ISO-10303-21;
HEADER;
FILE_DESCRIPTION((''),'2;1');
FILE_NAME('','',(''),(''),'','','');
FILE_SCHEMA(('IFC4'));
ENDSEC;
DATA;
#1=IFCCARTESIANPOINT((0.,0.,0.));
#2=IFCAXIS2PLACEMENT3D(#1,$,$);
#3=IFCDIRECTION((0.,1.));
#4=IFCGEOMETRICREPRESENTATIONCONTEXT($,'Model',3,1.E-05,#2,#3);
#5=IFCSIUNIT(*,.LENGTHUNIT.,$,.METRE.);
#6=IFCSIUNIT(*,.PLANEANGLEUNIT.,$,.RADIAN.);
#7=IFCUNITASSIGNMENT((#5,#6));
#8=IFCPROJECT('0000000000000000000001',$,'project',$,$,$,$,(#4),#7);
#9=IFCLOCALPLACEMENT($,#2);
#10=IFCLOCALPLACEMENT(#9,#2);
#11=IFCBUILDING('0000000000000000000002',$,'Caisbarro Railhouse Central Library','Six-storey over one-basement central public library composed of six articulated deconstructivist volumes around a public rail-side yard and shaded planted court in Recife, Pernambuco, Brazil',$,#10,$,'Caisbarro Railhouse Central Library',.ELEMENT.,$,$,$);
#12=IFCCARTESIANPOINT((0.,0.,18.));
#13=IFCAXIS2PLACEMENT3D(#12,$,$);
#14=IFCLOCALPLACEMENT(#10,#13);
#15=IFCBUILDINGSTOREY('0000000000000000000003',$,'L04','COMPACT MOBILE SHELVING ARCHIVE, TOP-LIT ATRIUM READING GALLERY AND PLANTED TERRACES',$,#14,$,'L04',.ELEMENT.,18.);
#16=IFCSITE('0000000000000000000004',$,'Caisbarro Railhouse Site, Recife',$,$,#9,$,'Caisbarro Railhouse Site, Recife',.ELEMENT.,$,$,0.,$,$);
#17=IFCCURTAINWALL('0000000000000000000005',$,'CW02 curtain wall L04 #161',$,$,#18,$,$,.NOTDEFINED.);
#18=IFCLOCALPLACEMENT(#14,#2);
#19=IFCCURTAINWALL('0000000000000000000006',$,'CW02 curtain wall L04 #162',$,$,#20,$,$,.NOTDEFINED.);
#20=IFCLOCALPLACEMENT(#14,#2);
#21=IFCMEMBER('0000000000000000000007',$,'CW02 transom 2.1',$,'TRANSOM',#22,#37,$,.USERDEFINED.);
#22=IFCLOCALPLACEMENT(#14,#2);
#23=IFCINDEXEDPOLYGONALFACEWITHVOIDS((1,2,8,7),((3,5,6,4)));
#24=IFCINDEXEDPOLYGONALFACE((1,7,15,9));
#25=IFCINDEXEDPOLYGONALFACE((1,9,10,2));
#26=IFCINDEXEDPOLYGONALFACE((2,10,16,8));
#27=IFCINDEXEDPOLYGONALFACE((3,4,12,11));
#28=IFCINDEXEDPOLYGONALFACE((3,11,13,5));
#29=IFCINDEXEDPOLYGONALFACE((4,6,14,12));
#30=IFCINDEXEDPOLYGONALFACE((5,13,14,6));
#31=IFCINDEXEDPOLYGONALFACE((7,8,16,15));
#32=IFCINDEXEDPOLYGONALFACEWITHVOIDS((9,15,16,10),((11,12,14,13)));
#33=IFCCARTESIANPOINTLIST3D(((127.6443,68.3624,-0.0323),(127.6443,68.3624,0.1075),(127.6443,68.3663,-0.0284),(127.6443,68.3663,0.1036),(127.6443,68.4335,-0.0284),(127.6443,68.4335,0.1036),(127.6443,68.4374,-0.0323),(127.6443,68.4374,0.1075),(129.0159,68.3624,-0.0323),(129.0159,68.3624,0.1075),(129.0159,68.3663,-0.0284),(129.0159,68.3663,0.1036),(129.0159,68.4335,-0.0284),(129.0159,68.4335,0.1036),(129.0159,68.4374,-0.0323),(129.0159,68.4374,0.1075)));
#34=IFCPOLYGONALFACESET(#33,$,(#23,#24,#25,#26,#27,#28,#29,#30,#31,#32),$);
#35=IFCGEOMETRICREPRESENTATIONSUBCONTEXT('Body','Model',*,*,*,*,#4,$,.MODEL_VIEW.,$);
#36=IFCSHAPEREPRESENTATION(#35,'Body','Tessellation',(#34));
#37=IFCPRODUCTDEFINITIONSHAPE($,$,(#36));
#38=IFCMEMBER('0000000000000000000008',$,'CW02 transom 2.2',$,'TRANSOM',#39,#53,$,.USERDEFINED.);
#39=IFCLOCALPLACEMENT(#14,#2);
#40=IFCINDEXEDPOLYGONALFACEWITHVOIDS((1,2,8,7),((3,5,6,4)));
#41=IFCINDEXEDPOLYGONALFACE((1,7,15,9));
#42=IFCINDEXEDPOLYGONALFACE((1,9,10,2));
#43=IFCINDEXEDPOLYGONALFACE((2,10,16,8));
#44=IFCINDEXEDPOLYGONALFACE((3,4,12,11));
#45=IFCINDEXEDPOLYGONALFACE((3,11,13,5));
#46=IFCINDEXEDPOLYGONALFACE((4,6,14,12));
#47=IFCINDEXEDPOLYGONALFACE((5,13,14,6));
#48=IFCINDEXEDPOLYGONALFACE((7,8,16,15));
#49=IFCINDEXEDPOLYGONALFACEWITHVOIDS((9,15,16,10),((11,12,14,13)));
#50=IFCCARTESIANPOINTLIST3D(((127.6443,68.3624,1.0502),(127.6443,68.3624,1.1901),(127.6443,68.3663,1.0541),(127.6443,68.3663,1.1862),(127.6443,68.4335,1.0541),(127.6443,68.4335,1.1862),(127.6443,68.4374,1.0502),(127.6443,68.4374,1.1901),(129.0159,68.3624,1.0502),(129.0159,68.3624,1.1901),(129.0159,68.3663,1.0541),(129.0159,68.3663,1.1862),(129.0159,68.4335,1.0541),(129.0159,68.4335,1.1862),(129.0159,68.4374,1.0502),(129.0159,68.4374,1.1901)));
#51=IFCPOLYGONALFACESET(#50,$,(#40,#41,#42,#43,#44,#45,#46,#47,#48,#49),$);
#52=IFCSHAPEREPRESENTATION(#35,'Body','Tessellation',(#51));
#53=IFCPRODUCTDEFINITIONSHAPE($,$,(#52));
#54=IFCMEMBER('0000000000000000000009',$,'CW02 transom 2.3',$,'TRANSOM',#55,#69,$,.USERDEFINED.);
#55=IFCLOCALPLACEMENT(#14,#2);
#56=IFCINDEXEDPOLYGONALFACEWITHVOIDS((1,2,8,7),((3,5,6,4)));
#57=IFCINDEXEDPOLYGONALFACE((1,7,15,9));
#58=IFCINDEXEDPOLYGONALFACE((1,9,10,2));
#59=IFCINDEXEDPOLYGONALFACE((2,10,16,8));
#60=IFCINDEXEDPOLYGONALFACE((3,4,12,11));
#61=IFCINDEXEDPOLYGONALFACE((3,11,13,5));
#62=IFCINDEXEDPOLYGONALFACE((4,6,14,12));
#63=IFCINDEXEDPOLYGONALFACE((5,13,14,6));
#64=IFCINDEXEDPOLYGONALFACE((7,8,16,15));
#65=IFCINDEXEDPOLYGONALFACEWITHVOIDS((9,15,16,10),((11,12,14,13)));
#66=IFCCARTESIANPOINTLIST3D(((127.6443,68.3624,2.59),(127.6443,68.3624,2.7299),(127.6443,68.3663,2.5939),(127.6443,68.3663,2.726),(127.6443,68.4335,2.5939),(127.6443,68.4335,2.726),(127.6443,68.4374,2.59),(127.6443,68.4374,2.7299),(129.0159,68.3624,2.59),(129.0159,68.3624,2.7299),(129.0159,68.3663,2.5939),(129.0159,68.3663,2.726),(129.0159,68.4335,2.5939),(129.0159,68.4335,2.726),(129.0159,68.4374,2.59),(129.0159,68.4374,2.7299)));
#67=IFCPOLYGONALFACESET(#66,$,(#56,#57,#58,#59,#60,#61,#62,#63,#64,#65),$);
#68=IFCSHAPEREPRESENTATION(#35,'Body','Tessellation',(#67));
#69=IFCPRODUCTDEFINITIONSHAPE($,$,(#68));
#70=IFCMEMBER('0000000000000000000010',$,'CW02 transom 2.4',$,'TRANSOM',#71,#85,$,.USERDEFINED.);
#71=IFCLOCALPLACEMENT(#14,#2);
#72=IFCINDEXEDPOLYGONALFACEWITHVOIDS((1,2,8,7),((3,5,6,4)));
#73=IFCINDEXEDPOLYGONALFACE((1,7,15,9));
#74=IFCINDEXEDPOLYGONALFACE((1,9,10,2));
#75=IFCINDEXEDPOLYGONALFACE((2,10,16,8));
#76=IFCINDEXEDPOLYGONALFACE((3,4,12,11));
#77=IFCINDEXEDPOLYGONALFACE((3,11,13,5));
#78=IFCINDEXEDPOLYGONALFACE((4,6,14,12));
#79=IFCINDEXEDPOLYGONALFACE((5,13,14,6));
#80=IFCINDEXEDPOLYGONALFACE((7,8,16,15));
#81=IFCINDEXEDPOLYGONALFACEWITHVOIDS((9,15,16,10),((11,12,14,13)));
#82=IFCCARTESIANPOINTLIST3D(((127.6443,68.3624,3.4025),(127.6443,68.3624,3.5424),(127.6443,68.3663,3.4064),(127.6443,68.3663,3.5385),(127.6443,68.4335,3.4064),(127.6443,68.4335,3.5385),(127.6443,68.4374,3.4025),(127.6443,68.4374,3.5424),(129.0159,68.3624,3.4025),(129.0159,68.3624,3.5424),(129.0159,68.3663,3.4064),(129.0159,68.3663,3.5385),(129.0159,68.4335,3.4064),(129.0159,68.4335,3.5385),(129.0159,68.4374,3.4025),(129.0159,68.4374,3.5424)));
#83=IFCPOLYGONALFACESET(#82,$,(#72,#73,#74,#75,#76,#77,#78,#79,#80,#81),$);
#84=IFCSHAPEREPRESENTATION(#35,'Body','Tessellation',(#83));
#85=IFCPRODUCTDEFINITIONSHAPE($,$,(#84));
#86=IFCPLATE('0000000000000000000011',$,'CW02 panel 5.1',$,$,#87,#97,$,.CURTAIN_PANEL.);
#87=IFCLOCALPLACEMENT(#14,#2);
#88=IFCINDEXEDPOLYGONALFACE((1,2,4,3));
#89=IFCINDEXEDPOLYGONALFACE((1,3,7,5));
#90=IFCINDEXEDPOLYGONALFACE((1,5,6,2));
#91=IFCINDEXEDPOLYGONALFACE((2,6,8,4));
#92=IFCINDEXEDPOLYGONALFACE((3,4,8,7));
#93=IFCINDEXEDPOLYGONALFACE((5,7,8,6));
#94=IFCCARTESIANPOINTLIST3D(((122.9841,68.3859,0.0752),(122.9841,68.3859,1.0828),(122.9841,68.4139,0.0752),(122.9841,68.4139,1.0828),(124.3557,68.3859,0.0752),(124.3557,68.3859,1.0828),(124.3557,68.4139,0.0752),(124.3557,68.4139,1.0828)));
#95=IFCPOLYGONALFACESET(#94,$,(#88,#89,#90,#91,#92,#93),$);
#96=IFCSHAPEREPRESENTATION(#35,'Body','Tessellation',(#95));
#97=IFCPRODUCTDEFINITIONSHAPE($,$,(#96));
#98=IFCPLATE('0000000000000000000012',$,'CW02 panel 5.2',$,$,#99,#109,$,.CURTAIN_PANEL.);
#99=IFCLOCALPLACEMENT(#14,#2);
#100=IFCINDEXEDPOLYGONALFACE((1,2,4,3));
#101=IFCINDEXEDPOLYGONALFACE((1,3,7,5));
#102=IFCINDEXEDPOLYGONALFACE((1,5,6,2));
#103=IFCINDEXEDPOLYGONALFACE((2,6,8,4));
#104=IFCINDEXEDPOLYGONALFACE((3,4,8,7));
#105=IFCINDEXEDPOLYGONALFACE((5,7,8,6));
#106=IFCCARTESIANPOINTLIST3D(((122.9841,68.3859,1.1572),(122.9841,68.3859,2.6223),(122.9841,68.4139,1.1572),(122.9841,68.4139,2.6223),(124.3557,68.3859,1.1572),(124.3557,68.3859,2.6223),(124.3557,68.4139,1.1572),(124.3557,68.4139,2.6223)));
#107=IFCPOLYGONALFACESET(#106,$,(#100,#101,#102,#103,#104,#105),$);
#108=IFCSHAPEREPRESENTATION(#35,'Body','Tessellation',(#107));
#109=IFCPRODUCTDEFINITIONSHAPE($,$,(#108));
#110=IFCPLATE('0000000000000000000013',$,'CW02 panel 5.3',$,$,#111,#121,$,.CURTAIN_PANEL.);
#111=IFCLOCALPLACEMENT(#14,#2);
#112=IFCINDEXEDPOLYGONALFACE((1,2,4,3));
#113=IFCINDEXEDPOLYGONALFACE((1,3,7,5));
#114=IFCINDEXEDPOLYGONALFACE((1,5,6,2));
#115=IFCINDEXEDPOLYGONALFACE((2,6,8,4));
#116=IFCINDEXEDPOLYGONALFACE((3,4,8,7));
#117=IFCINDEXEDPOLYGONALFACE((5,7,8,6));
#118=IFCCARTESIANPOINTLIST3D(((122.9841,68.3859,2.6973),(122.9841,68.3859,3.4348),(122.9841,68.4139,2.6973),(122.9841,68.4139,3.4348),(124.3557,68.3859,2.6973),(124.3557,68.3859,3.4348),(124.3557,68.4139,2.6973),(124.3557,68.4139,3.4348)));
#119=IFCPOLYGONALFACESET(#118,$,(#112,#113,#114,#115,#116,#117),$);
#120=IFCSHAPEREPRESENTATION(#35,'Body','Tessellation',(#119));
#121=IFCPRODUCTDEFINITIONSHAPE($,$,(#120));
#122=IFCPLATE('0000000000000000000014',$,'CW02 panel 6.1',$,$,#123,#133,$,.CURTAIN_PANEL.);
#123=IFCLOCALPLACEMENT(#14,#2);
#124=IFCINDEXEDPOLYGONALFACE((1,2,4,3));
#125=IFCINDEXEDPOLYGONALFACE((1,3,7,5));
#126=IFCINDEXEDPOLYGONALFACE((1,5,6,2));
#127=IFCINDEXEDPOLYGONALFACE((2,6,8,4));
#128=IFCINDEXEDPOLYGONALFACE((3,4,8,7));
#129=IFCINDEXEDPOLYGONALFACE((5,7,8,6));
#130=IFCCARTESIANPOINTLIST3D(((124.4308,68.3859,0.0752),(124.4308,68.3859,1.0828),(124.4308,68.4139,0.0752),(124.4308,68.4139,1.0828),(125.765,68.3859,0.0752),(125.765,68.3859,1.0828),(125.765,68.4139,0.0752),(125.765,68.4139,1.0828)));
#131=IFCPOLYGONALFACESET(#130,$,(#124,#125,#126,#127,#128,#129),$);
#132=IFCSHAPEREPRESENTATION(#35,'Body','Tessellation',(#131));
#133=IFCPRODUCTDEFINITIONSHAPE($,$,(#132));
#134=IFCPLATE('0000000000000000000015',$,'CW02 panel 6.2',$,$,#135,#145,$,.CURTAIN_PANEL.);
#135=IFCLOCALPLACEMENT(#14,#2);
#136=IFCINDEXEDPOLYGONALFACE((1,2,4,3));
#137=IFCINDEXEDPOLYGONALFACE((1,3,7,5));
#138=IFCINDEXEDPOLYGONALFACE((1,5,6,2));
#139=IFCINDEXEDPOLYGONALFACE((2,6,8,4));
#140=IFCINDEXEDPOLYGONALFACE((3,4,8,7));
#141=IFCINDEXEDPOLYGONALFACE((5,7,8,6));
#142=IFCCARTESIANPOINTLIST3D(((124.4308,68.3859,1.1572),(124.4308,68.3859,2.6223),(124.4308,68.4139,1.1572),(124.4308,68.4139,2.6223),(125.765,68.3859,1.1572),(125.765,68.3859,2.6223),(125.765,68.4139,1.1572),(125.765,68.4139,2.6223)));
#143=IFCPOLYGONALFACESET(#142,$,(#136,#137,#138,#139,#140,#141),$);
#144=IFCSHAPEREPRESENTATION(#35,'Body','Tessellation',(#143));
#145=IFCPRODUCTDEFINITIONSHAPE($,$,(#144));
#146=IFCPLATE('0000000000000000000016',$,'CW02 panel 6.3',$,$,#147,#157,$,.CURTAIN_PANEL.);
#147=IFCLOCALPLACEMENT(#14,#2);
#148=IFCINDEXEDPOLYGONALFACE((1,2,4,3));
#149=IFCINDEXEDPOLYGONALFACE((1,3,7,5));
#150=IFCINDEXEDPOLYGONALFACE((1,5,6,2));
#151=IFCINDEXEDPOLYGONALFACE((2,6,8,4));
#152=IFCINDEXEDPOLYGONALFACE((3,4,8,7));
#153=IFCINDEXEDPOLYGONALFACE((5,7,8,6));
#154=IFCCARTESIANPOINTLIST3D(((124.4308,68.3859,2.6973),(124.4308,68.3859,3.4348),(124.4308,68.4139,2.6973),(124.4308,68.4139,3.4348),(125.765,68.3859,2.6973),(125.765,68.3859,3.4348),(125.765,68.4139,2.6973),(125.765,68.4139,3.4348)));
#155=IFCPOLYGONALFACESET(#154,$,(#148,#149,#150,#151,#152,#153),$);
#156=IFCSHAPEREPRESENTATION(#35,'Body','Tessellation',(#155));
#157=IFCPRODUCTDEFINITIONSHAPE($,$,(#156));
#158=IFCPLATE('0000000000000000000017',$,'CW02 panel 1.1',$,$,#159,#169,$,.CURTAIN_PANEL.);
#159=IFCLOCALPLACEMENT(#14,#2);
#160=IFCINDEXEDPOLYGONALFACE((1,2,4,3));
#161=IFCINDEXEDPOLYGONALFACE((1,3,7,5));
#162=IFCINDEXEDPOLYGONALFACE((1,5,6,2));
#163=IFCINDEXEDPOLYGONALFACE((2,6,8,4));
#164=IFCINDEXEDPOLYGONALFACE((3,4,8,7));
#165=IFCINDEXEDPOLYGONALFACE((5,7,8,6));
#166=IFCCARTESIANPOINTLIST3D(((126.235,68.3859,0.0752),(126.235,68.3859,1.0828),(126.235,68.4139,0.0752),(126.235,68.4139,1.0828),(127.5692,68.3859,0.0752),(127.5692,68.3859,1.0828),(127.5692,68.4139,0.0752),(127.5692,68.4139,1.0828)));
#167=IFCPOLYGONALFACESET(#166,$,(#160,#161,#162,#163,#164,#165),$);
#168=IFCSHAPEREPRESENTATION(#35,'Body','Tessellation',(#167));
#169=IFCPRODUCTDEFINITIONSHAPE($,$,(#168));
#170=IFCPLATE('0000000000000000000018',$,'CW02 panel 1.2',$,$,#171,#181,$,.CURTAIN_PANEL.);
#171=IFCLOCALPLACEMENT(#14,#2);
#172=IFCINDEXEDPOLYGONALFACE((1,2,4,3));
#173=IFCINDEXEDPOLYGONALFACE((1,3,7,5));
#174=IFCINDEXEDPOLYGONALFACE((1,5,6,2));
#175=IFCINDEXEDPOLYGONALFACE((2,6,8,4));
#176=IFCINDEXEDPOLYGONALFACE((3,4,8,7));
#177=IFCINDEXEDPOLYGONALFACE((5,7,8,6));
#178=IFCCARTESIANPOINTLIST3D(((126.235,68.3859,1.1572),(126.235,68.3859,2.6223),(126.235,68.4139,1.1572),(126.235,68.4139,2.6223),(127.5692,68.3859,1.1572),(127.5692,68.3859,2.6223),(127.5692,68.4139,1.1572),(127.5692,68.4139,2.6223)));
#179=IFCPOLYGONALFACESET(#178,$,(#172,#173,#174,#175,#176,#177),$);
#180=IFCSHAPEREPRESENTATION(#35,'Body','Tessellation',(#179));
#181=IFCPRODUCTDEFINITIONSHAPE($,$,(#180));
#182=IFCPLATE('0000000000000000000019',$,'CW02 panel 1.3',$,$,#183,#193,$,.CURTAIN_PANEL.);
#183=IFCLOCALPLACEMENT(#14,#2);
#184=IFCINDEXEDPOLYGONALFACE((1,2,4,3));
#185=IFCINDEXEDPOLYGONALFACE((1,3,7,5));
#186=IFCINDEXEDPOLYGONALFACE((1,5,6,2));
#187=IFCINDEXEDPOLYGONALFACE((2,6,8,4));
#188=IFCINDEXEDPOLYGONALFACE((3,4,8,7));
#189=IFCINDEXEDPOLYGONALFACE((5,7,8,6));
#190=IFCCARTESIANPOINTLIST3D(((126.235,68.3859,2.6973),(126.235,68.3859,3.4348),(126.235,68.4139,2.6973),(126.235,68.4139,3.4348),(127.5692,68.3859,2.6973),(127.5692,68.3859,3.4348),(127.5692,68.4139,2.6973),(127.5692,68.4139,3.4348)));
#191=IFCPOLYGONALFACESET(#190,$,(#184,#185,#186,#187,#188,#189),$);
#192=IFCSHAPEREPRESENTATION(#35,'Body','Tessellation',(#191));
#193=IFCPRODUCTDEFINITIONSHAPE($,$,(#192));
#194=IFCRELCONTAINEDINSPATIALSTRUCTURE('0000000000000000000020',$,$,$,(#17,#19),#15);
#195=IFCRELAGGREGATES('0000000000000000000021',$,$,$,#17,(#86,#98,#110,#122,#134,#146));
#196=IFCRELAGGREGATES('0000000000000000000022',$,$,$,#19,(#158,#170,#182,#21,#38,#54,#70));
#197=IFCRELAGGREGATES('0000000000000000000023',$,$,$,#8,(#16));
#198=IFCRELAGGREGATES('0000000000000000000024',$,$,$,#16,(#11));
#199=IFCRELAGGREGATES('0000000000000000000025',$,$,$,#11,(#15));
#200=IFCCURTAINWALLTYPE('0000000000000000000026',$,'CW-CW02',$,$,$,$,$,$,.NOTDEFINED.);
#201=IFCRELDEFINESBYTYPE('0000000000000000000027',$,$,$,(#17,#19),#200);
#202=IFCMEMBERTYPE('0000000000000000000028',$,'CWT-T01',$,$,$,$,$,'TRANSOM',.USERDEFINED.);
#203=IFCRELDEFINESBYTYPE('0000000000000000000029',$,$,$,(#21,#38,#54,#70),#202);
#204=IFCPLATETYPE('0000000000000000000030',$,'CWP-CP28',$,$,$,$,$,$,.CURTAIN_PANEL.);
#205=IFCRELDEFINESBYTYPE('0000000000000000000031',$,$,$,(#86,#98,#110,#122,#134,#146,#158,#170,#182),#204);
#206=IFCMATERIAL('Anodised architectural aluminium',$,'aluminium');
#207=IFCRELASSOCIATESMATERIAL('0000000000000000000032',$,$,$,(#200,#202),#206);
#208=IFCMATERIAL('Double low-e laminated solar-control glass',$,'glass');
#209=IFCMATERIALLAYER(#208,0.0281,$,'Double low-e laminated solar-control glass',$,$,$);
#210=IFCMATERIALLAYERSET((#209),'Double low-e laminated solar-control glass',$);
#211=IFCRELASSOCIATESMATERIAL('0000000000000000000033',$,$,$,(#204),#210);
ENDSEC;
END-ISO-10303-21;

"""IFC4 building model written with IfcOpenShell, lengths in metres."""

from ifc_helpers import new_model, si_unit, direction, frame, origin, origin_2d, place, context, subcontext, project, spatial, rectangle, hollow_rectangle, extrude, material, layer, layer_set, material_profile, profile_set, type_object, element, aggregate, save


model = new_model("IFC4")

# Units and contexts
model_context = context("Model", 3, precision=1e-05, world=origin(), true_north=direction((0.0, 1.0)))
body_context = subcontext(model_context, "Body", "Model", "MODEL_VIEW")
ifc_project = project(units=[si_unit("LENGTHUNIT", "METRE"), si_unit("PLANEANGLEUNIT", "RADIAN")], contexts=[model_context])

# Site, building, storey
site_placement = place(None, origin())
site = spatial("IfcSite", under=ifc_project, at=site_placement, Name="Caisbarro Railhouse Site, Recife", LongName="Caisbarro Railhouse Site, Recife", CompositionType="ELEMENT", RefElevation=0.0)
building_placement = place(site_placement, origin())
building = spatial("IfcBuilding", under=site, at=building_placement, Name="Caisbarro Railhouse Central Library", Description="Six-storey over one-basement central public library composed of six articulated deconstructivist volumes around a public rail-side yard and shaded planted court in Recife, Pernambuco, Brazil", LongName="Caisbarro Railhouse Central Library", CompositionType="ELEMENT")
storey_placement = place(building_placement, frame((0.0, 0.0, 18.0)))
storey = spatial("IfcBuildingStorey", under=building, at=storey_placement, Name="L04", Description="COMPACT MOBILE SHELVING ARCHIVE, TOP-LIT ATRIUM READING GALLERY AND PLANTED TERRACES", LongName="L04", CompositionType="ELEMENT", Elevation=18.0)

# Curtain walls
ifc_material_1 = material(Name="Anodised architectural aluminium", Category="aluminium")
curtain_wall_type = type_object("IfcCurtainWallType", Name="CW-CW02", PredefinedType="NOTDEFINED", material=ifc_material_1)
curtain_wall_1_placement = place(storey_placement, origin())
curtain_wall_1 = element("IfcCurtainWall", 1, at=curtain_wall_1_placement, inside=storey, type_object=curtain_wall_type, Name="CW02 curtain wall L04 #161", PredefinedType="NOTDEFINED")
curtain_wall_2_placement = place(storey_placement, origin())
curtain_wall_2 = element("IfcCurtainWall", 2, at=curtain_wall_2_placement, inside=storey, type_object=curtain_wall_type, Name="CW02 curtain wall L04 #162", PredefinedType="NOTDEFINED")

# Members
ifc_material_profile_1 = material_profile(ifc_material_1, hollow_rectangle(XDim=0.075, YDim=0.1399, WallThickness=0.0039, at=origin_2d()), Name="ALU-TRN-75X140")
ifc_profile_set_1 = profile_set([ifc_material_profile_1], Name="Anodised architectural aluminium")
member_type_1 = type_object("IfcMemberType", Name="CWT-T01", ElementType="TRANSOM", PredefinedType="USERDEFINED", material=ifc_profile_set_1)
member_1_placement = place(storey_placement, frame((127.6443, 68.3999, 0.0376), z_axis=(1.0, 0.0, 0.0), x_axis=(0.0, 1.0, 0.0)))
member_1 = element("IfcMember", 3, at=member_1_placement, type_object=member_type_1, Name="CW02 transom 2.1", ObjectType="TRANSOM", PredefinedType="USERDEFINED", context=body_context, shape_type="SweptSolid", body=[
    extrude(hollow_rectangle(XDim=0.075, YDim=0.1399, WallThickness=0.0039, at=origin_2d()), origin(), (0.0, 0.0, 1.0), 1.3716),
])
member_2_placement = place(storey_placement, frame((127.6443, 68.3999, 1.1201), z_axis=(1.0, 0.0, 0.0), x_axis=(0.0, 1.0, 0.0)))
member_2 = element("IfcMember", 4, at=member_2_placement, type_object=member_type_1, Name="CW02 transom 2.2", ObjectType="TRANSOM", PredefinedType="USERDEFINED", context=body_context, shape_type="SweptSolid", body=[
    extrude(hollow_rectangle(XDim=0.075, YDim=0.1399, WallThickness=0.0039, at=origin_2d()), origin(), (0.0, 0.0, 1.0), 1.3716),
])
member_3_placement = place(storey_placement, frame((127.6443, 68.3999, 2.6599), z_axis=(1.0, 0.0, 0.0), x_axis=(0.0, 1.0, 0.0)))
member_3 = element("IfcMember", 5, at=member_3_placement, type_object=member_type_1, Name="CW02 transom 2.3", ObjectType="TRANSOM", PredefinedType="USERDEFINED", context=body_context, shape_type="SweptSolid", body=[
    extrude(hollow_rectangle(XDim=0.075, YDim=0.1399, WallThickness=0.0039, at=origin_2d()), origin(), (0.0, 0.0, 1.0), 1.3716),
])
member_4_placement = place(storey_placement, frame((127.6443, 68.3999, 3.4724), z_axis=(1.0, 0.0, 0.0), x_axis=(0.0, 1.0, 0.0)))
member_4 = element("IfcMember", 6, at=member_4_placement, type_object=member_type_1, Name="CW02 transom 2.4", ObjectType="TRANSOM", PredefinedType="USERDEFINED", context=body_context, shape_type="SweptSolid", body=[
    extrude(hollow_rectangle(XDim=0.075, YDim=0.1399, WallThickness=0.0039, at=origin_2d()), origin(), (0.0, 0.0, 1.0), 1.3716),
])

# Plates
ifc_material_2 = material(Name="Double low-e laminated solar-control glass", Category="glass")
ifc_layer = layer(ifc_material_2, 0.0281, Name="Double low-e laminated solar-control glass")
ifc_layer_set = layer_set([ifc_layer], Name="Double low-e laminated solar-control glass")
plate_type = type_object("IfcPlateType", Name="CWP-CP28", PredefinedType="CURTAIN_PANEL", material=ifc_layer_set)
plate_1_placement = place(storey_placement, frame((123.6699, 68.3999, 0.0752), z_axis=(0.0, 0.0, 1.0), x_axis=(1.0, 0.0, 0.0)))
plate_1 = element("IfcPlate", 7, at=plate_1_placement, type_object=plate_type, Name="CW02 panel 5.1", PredefinedType="CURTAIN_PANEL", context=body_context, shape_type="SweptSolid", body=[
    extrude(rectangle(XDim=1.3716, YDim=0.0281, at=origin_2d()), origin(), (0.0, 0.0, 1.0), 1.0076),
])
plate_2_placement = place(storey_placement, frame((123.6699, 68.3999, 1.1572), z_axis=(0.0, 0.0, 1.0), x_axis=(1.0, 0.0, 0.0)))
plate_2 = element("IfcPlate", 8, at=plate_2_placement, type_object=plate_type, Name="CW02 panel 5.2", PredefinedType="CURTAIN_PANEL", context=body_context, shape_type="SweptSolid", body=[
    extrude(rectangle(XDim=1.3716, YDim=0.0281, at=origin_2d()), origin(), (0.0, 0.0, 1.0), 1.4651),
])
plate_3_placement = place(storey_placement, frame((123.6699, 68.3999, 2.6973), z_axis=(0.0, 0.0, 1.0), x_axis=(1.0, 0.0, 0.0)))
plate_3 = element("IfcPlate", 9, at=plate_3_placement, type_object=plate_type, Name="CW02 panel 5.3", PredefinedType="CURTAIN_PANEL", context=body_context, shape_type="SweptSolid", body=[
    extrude(rectangle(XDim=1.3716, YDim=0.0281, at=origin_2d()), origin(), (0.0, 0.0, 1.0), 0.7375),
])
plate_4_placement = place(storey_placement, frame((125.0979, 68.3999, 0.0752), z_axis=(0.0, 0.0, 1.0), x_axis=(1.0, 0.0, 0.0)))
plate_4 = element("IfcPlate", 10, at=plate_4_placement, type_object=plate_type, Name="CW02 panel 6.1", PredefinedType="CURTAIN_PANEL", context=body_context, shape_type="SweptSolid", body=[
    extrude(rectangle(XDim=1.3342, YDim=0.0281, at=origin_2d()), origin(), (0.0, 0.0, 1.0), 1.0076),
])
plate_5_placement = place(storey_placement, frame((125.0979, 68.3999, 1.1572), z_axis=(0.0, 0.0, 1.0), x_axis=(1.0, 0.0, 0.0)))
plate_5 = element("IfcPlate", 11, at=plate_5_placement, type_object=plate_type, Name="CW02 panel 6.2", PredefinedType="CURTAIN_PANEL", context=body_context, shape_type="SweptSolid", body=[
    extrude(rectangle(XDim=1.3342, YDim=0.0281, at=origin_2d()), origin(), (0.0, 0.0, 1.0), 1.4651),
])
plate_6_placement = place(storey_placement, frame((125.0979, 68.3999, 2.6973), z_axis=(0.0, 0.0, 1.0), x_axis=(1.0, 0.0, 0.0)))
plate_6 = element("IfcPlate", 12, at=plate_6_placement, type_object=plate_type, Name="CW02 panel 6.3", PredefinedType="CURTAIN_PANEL", context=body_context, shape_type="SweptSolid", body=[
    extrude(rectangle(XDim=1.3342, YDim=0.0281, at=origin_2d()), origin(), (0.0, 0.0, 1.0), 0.7375),
])
aggregate(curtain_wall_1, [plate_1, plate_2, plate_3, plate_4, plate_5, plate_6])
plate_7_placement = place(storey_placement, frame((126.9021, 68.3999, 0.0752), z_axis=(0.0, 0.0, 1.0), x_axis=(1.0, 0.0, 0.0)))
plate_7 = element("IfcPlate", 13, at=plate_7_placement, type_object=plate_type, Name="CW02 panel 1.1", PredefinedType="CURTAIN_PANEL", context=body_context, shape_type="SweptSolid", body=[
    extrude(rectangle(XDim=1.3342, YDim=0.0281, at=origin_2d()), origin(), (0.0, 0.0, 1.0), 1.0076),
])
plate_8_placement = place(storey_placement, frame((126.9021, 68.3999, 1.1572), z_axis=(0.0, 0.0, 1.0), x_axis=(1.0, 0.0, 0.0)))
plate_8 = element("IfcPlate", 14, at=plate_8_placement, type_object=plate_type, Name="CW02 panel 1.2", PredefinedType="CURTAIN_PANEL", context=body_context, shape_type="SweptSolid", body=[
    extrude(rectangle(XDim=1.3342, YDim=0.0281, at=origin_2d()), origin(), (0.0, 0.0, 1.0), 1.4651),
])
plate_9_placement = place(storey_placement, frame((126.9021, 68.3999, 2.6973), z_axis=(0.0, 0.0, 1.0), x_axis=(1.0, 0.0, 0.0)))
plate_9 = element("IfcPlate", 15, at=plate_9_placement, type_object=plate_type, Name="CW02 panel 1.3", PredefinedType="CURTAIN_PANEL", context=body_context, shape_type="SweptSolid", body=[
    extrude(rectangle(XDim=1.3342, YDim=0.0281, at=origin_2d()), origin(), (0.0, 0.0, 1.0), 0.7375),
])
aggregate(curtain_wall_2, [plate_7, plate_8, plate_9, member_1, member_2, member_3, member_4])

save(model, "model.ifc")
